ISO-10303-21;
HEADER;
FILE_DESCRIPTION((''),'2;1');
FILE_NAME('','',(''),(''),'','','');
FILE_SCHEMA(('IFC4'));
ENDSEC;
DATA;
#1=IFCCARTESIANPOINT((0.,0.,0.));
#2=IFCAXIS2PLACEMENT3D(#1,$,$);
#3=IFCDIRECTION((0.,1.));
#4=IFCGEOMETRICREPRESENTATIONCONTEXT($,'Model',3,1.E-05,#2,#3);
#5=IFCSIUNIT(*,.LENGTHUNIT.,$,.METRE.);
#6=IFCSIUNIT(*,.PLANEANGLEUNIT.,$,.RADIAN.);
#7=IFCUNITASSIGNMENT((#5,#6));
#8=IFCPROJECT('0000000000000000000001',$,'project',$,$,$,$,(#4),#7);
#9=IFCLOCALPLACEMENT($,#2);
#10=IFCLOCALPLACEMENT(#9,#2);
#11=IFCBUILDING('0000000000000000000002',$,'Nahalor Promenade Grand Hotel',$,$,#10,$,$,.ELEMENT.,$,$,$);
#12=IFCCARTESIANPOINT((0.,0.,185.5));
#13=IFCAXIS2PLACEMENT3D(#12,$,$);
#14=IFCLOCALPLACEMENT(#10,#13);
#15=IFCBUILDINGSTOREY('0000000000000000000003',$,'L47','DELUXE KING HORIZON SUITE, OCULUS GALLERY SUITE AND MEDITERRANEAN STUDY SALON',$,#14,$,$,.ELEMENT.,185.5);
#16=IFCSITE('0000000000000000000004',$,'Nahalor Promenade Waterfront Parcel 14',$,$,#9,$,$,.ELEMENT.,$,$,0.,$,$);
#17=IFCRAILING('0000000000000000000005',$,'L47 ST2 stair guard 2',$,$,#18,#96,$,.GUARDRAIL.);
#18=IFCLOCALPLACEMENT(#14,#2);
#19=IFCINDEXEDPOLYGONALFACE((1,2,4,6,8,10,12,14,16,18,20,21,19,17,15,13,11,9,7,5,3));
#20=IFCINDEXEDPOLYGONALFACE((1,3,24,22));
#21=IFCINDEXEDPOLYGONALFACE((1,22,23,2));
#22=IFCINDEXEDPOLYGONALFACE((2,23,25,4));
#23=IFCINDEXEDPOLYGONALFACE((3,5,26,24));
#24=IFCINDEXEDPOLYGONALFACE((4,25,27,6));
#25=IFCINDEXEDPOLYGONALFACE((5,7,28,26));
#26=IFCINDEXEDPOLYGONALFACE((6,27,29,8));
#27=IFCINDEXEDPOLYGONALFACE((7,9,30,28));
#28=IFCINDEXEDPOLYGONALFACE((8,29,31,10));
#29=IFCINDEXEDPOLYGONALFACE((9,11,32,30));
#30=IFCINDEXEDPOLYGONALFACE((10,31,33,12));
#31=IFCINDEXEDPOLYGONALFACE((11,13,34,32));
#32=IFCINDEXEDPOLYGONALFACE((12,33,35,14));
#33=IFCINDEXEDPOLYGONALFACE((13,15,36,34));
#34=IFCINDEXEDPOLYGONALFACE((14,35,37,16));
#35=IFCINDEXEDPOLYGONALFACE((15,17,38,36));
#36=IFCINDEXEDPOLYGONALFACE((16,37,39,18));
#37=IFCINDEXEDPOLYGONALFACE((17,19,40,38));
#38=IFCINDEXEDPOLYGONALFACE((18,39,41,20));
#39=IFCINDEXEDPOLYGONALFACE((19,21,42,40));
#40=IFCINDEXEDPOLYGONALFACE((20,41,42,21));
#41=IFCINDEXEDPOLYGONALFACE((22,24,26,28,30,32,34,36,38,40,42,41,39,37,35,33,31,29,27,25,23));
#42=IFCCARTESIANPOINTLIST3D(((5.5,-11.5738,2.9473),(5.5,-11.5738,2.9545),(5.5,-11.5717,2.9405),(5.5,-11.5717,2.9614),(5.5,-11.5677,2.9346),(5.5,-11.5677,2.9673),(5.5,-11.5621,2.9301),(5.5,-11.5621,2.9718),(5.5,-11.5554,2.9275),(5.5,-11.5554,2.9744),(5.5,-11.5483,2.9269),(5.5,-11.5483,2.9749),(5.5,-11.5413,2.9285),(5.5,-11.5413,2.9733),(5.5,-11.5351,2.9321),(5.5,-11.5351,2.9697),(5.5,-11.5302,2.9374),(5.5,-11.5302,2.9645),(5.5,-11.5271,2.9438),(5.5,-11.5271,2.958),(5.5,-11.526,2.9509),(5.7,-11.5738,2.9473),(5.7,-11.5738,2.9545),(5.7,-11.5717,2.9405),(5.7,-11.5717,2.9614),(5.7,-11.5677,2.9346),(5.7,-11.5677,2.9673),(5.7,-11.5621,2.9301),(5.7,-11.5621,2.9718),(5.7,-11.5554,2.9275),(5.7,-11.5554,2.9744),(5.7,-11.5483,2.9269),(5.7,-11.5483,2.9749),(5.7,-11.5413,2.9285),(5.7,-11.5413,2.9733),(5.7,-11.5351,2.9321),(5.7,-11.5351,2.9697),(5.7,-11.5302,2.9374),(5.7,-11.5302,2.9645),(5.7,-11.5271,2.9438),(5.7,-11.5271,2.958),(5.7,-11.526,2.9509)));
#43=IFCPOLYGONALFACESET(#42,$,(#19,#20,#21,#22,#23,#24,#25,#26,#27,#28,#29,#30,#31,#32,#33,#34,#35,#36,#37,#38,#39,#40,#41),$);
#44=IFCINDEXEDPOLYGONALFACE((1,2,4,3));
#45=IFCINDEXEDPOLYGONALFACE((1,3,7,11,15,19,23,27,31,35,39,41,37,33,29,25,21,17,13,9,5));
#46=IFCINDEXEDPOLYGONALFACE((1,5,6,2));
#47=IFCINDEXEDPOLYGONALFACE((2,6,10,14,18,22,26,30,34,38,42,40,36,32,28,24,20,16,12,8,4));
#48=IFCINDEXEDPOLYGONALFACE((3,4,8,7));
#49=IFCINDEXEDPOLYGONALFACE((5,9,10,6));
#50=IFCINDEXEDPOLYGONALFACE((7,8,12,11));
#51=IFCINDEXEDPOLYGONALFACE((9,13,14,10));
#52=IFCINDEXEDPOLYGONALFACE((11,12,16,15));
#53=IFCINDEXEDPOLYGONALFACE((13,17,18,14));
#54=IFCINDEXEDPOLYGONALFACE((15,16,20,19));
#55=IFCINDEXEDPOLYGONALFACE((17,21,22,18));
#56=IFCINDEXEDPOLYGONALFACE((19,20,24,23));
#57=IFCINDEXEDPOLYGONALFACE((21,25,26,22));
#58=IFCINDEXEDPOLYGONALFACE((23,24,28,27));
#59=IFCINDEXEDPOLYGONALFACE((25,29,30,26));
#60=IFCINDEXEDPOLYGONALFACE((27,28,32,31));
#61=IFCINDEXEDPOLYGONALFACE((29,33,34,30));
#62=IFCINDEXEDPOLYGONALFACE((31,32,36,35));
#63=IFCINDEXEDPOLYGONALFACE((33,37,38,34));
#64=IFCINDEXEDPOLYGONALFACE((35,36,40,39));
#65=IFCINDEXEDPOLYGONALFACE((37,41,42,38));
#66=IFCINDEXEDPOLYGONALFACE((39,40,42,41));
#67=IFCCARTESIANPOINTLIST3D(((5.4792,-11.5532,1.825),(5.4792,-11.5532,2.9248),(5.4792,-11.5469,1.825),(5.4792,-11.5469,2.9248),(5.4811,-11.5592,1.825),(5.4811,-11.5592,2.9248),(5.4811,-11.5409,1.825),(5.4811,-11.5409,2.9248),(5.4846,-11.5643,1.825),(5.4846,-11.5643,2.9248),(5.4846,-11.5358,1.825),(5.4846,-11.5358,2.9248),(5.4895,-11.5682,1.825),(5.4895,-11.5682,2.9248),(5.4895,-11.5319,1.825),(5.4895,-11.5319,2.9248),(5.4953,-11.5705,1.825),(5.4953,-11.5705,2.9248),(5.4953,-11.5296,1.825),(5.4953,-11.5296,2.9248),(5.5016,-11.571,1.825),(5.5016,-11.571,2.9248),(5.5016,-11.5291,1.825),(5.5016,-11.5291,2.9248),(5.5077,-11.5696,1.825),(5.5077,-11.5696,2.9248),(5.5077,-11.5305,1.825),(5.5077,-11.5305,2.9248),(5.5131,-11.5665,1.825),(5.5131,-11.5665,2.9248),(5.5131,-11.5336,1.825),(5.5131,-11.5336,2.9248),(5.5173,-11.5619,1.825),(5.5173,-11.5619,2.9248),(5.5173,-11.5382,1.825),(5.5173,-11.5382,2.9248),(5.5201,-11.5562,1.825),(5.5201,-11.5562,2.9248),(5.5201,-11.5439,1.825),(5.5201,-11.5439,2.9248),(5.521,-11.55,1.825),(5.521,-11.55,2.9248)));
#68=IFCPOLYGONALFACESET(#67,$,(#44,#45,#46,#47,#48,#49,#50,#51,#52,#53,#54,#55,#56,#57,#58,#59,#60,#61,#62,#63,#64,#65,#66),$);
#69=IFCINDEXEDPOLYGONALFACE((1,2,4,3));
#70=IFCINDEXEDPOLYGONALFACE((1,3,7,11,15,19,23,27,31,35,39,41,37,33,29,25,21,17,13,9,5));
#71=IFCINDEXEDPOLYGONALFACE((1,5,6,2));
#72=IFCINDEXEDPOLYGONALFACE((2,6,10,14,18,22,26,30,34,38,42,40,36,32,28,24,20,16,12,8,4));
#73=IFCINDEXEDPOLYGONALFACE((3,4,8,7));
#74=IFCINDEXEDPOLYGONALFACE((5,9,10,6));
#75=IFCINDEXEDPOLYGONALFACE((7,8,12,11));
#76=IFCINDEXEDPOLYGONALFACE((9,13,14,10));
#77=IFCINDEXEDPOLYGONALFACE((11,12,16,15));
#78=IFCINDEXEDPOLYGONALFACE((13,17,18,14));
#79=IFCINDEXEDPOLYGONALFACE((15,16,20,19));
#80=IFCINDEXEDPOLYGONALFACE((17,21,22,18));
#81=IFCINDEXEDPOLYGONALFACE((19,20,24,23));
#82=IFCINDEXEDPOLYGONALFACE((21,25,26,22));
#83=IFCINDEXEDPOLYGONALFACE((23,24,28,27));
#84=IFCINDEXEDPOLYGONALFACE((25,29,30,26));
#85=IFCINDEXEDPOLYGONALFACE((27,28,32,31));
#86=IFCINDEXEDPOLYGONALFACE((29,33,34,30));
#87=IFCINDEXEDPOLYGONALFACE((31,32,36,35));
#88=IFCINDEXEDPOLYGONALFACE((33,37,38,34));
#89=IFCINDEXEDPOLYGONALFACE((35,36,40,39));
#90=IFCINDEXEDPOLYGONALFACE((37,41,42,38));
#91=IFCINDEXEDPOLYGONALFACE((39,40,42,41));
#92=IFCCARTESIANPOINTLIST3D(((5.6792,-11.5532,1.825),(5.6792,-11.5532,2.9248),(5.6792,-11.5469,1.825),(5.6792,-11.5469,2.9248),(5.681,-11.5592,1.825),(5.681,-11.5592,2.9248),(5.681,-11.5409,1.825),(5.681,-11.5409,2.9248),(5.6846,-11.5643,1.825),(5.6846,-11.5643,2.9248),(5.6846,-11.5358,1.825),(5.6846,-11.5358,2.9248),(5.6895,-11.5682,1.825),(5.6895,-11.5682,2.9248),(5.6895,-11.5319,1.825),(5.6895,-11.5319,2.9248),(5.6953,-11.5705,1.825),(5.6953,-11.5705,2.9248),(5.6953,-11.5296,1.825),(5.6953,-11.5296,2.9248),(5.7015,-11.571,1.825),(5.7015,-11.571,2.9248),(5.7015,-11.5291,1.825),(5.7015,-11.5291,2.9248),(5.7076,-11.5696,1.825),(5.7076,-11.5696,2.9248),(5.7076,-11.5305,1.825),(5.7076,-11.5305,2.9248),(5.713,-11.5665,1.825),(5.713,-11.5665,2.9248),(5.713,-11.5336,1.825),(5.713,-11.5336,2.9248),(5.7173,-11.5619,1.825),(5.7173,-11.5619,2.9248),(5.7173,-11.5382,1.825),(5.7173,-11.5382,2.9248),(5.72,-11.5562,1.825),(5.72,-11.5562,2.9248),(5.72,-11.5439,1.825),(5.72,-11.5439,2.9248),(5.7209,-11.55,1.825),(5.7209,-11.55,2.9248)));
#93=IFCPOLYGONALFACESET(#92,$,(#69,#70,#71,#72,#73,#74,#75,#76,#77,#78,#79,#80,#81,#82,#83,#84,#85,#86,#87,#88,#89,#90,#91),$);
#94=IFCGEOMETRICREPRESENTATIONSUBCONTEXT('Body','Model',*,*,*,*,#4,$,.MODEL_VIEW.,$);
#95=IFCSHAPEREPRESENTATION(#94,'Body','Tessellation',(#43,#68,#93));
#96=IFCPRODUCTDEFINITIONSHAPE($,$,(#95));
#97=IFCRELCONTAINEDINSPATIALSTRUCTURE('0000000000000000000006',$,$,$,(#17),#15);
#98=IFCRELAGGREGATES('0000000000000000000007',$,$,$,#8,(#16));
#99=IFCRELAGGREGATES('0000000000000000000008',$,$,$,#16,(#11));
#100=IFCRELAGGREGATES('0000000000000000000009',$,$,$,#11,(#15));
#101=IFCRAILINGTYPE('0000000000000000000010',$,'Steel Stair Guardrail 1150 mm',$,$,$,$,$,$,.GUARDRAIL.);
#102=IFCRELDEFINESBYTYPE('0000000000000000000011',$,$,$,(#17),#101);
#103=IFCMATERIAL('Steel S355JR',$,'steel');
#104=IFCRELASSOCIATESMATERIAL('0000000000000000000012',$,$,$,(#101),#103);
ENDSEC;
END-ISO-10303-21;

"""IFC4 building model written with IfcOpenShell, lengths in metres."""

from ifc_helpers import new_model, si_unit, direction, frame, origin, origin_2d, place, context, subcontext, project, spatial, circle, extrude, material, type_object, element, save


model = new_model("IFC4")

# Units and contexts
model_context = context("Model", 3, precision=1e-05, world=origin(), true_north=direction((0.0, 1.0)))
body_context = subcontext(model_context, "Body", "Model", "MODEL_VIEW")
ifc_project = project(units=[si_unit("LENGTHUNIT", "METRE"), si_unit("PLANEANGLEUNIT", "RADIAN")], contexts=[model_context])

# Site, building, storey
site_placement = place(None, origin())
site = spatial("IfcSite", under=ifc_project, at=site_placement, Name="Nahalor Promenade Waterfront Parcel 14", CompositionType="ELEMENT", RefElevation=0.0)
building_placement = place(site_placement, origin())
building = spatial("IfcBuilding", under=site, at=building_placement, Name="Nahalor Promenade Grand Hotel", CompositionType="ELEMENT")
storey_placement = place(building_placement, frame((0.0, 0.0, 185.5)))
storey = spatial("IfcBuildingStorey", under=building, at=storey_placement, Name="L47", Description="DELUXE KING HORIZON SUITE, OCULUS GALLERY SUITE AND MEDITERRANEAN STUDY SALON", CompositionType="ELEMENT", Elevation=185.5)

# Shared definitions
ifc_material_1 = material(Name="Steel S355JR", Category="steel")

# Railing
railing_type_1 = type_object("IfcRailingType", Name="Steel Stair Guardrail 1150 mm", PredefinedType="GUARDRAIL", material=ifc_material_1)
railing_1_placement = place(storey_placement, frame((5.5, -11.55, 1.825)))
element("IfcRailing", 1, at=railing_1_placement, inside=storey, type_object=railing_type_1, Name="L47 ST2 stair guard 2", PredefinedType="GUARDRAIL", context=body_context, shape_type="SweptSolid", body=[
    extrude(circle(Radius=0.024, at=origin_2d()), frame((0.0, 0.0, 1.126), z_axis=(1.0, 0.0, 0.0), x_axis=(0.0, 1.0, 0.0)), (0.0, 0.0, 1.0), 0.2),
    extrude(circle(Radius=0.021, at=origin_2d()), origin(), (0.0, 0.0, 1.0), 1.0999),
    extrude(circle(Radius=0.021, at=origin_2d()), frame((0.2, 0.0, 0.0)), (0.0, 0.0, 1.0), 1.0999),
])

save(model, "model.ifc")
